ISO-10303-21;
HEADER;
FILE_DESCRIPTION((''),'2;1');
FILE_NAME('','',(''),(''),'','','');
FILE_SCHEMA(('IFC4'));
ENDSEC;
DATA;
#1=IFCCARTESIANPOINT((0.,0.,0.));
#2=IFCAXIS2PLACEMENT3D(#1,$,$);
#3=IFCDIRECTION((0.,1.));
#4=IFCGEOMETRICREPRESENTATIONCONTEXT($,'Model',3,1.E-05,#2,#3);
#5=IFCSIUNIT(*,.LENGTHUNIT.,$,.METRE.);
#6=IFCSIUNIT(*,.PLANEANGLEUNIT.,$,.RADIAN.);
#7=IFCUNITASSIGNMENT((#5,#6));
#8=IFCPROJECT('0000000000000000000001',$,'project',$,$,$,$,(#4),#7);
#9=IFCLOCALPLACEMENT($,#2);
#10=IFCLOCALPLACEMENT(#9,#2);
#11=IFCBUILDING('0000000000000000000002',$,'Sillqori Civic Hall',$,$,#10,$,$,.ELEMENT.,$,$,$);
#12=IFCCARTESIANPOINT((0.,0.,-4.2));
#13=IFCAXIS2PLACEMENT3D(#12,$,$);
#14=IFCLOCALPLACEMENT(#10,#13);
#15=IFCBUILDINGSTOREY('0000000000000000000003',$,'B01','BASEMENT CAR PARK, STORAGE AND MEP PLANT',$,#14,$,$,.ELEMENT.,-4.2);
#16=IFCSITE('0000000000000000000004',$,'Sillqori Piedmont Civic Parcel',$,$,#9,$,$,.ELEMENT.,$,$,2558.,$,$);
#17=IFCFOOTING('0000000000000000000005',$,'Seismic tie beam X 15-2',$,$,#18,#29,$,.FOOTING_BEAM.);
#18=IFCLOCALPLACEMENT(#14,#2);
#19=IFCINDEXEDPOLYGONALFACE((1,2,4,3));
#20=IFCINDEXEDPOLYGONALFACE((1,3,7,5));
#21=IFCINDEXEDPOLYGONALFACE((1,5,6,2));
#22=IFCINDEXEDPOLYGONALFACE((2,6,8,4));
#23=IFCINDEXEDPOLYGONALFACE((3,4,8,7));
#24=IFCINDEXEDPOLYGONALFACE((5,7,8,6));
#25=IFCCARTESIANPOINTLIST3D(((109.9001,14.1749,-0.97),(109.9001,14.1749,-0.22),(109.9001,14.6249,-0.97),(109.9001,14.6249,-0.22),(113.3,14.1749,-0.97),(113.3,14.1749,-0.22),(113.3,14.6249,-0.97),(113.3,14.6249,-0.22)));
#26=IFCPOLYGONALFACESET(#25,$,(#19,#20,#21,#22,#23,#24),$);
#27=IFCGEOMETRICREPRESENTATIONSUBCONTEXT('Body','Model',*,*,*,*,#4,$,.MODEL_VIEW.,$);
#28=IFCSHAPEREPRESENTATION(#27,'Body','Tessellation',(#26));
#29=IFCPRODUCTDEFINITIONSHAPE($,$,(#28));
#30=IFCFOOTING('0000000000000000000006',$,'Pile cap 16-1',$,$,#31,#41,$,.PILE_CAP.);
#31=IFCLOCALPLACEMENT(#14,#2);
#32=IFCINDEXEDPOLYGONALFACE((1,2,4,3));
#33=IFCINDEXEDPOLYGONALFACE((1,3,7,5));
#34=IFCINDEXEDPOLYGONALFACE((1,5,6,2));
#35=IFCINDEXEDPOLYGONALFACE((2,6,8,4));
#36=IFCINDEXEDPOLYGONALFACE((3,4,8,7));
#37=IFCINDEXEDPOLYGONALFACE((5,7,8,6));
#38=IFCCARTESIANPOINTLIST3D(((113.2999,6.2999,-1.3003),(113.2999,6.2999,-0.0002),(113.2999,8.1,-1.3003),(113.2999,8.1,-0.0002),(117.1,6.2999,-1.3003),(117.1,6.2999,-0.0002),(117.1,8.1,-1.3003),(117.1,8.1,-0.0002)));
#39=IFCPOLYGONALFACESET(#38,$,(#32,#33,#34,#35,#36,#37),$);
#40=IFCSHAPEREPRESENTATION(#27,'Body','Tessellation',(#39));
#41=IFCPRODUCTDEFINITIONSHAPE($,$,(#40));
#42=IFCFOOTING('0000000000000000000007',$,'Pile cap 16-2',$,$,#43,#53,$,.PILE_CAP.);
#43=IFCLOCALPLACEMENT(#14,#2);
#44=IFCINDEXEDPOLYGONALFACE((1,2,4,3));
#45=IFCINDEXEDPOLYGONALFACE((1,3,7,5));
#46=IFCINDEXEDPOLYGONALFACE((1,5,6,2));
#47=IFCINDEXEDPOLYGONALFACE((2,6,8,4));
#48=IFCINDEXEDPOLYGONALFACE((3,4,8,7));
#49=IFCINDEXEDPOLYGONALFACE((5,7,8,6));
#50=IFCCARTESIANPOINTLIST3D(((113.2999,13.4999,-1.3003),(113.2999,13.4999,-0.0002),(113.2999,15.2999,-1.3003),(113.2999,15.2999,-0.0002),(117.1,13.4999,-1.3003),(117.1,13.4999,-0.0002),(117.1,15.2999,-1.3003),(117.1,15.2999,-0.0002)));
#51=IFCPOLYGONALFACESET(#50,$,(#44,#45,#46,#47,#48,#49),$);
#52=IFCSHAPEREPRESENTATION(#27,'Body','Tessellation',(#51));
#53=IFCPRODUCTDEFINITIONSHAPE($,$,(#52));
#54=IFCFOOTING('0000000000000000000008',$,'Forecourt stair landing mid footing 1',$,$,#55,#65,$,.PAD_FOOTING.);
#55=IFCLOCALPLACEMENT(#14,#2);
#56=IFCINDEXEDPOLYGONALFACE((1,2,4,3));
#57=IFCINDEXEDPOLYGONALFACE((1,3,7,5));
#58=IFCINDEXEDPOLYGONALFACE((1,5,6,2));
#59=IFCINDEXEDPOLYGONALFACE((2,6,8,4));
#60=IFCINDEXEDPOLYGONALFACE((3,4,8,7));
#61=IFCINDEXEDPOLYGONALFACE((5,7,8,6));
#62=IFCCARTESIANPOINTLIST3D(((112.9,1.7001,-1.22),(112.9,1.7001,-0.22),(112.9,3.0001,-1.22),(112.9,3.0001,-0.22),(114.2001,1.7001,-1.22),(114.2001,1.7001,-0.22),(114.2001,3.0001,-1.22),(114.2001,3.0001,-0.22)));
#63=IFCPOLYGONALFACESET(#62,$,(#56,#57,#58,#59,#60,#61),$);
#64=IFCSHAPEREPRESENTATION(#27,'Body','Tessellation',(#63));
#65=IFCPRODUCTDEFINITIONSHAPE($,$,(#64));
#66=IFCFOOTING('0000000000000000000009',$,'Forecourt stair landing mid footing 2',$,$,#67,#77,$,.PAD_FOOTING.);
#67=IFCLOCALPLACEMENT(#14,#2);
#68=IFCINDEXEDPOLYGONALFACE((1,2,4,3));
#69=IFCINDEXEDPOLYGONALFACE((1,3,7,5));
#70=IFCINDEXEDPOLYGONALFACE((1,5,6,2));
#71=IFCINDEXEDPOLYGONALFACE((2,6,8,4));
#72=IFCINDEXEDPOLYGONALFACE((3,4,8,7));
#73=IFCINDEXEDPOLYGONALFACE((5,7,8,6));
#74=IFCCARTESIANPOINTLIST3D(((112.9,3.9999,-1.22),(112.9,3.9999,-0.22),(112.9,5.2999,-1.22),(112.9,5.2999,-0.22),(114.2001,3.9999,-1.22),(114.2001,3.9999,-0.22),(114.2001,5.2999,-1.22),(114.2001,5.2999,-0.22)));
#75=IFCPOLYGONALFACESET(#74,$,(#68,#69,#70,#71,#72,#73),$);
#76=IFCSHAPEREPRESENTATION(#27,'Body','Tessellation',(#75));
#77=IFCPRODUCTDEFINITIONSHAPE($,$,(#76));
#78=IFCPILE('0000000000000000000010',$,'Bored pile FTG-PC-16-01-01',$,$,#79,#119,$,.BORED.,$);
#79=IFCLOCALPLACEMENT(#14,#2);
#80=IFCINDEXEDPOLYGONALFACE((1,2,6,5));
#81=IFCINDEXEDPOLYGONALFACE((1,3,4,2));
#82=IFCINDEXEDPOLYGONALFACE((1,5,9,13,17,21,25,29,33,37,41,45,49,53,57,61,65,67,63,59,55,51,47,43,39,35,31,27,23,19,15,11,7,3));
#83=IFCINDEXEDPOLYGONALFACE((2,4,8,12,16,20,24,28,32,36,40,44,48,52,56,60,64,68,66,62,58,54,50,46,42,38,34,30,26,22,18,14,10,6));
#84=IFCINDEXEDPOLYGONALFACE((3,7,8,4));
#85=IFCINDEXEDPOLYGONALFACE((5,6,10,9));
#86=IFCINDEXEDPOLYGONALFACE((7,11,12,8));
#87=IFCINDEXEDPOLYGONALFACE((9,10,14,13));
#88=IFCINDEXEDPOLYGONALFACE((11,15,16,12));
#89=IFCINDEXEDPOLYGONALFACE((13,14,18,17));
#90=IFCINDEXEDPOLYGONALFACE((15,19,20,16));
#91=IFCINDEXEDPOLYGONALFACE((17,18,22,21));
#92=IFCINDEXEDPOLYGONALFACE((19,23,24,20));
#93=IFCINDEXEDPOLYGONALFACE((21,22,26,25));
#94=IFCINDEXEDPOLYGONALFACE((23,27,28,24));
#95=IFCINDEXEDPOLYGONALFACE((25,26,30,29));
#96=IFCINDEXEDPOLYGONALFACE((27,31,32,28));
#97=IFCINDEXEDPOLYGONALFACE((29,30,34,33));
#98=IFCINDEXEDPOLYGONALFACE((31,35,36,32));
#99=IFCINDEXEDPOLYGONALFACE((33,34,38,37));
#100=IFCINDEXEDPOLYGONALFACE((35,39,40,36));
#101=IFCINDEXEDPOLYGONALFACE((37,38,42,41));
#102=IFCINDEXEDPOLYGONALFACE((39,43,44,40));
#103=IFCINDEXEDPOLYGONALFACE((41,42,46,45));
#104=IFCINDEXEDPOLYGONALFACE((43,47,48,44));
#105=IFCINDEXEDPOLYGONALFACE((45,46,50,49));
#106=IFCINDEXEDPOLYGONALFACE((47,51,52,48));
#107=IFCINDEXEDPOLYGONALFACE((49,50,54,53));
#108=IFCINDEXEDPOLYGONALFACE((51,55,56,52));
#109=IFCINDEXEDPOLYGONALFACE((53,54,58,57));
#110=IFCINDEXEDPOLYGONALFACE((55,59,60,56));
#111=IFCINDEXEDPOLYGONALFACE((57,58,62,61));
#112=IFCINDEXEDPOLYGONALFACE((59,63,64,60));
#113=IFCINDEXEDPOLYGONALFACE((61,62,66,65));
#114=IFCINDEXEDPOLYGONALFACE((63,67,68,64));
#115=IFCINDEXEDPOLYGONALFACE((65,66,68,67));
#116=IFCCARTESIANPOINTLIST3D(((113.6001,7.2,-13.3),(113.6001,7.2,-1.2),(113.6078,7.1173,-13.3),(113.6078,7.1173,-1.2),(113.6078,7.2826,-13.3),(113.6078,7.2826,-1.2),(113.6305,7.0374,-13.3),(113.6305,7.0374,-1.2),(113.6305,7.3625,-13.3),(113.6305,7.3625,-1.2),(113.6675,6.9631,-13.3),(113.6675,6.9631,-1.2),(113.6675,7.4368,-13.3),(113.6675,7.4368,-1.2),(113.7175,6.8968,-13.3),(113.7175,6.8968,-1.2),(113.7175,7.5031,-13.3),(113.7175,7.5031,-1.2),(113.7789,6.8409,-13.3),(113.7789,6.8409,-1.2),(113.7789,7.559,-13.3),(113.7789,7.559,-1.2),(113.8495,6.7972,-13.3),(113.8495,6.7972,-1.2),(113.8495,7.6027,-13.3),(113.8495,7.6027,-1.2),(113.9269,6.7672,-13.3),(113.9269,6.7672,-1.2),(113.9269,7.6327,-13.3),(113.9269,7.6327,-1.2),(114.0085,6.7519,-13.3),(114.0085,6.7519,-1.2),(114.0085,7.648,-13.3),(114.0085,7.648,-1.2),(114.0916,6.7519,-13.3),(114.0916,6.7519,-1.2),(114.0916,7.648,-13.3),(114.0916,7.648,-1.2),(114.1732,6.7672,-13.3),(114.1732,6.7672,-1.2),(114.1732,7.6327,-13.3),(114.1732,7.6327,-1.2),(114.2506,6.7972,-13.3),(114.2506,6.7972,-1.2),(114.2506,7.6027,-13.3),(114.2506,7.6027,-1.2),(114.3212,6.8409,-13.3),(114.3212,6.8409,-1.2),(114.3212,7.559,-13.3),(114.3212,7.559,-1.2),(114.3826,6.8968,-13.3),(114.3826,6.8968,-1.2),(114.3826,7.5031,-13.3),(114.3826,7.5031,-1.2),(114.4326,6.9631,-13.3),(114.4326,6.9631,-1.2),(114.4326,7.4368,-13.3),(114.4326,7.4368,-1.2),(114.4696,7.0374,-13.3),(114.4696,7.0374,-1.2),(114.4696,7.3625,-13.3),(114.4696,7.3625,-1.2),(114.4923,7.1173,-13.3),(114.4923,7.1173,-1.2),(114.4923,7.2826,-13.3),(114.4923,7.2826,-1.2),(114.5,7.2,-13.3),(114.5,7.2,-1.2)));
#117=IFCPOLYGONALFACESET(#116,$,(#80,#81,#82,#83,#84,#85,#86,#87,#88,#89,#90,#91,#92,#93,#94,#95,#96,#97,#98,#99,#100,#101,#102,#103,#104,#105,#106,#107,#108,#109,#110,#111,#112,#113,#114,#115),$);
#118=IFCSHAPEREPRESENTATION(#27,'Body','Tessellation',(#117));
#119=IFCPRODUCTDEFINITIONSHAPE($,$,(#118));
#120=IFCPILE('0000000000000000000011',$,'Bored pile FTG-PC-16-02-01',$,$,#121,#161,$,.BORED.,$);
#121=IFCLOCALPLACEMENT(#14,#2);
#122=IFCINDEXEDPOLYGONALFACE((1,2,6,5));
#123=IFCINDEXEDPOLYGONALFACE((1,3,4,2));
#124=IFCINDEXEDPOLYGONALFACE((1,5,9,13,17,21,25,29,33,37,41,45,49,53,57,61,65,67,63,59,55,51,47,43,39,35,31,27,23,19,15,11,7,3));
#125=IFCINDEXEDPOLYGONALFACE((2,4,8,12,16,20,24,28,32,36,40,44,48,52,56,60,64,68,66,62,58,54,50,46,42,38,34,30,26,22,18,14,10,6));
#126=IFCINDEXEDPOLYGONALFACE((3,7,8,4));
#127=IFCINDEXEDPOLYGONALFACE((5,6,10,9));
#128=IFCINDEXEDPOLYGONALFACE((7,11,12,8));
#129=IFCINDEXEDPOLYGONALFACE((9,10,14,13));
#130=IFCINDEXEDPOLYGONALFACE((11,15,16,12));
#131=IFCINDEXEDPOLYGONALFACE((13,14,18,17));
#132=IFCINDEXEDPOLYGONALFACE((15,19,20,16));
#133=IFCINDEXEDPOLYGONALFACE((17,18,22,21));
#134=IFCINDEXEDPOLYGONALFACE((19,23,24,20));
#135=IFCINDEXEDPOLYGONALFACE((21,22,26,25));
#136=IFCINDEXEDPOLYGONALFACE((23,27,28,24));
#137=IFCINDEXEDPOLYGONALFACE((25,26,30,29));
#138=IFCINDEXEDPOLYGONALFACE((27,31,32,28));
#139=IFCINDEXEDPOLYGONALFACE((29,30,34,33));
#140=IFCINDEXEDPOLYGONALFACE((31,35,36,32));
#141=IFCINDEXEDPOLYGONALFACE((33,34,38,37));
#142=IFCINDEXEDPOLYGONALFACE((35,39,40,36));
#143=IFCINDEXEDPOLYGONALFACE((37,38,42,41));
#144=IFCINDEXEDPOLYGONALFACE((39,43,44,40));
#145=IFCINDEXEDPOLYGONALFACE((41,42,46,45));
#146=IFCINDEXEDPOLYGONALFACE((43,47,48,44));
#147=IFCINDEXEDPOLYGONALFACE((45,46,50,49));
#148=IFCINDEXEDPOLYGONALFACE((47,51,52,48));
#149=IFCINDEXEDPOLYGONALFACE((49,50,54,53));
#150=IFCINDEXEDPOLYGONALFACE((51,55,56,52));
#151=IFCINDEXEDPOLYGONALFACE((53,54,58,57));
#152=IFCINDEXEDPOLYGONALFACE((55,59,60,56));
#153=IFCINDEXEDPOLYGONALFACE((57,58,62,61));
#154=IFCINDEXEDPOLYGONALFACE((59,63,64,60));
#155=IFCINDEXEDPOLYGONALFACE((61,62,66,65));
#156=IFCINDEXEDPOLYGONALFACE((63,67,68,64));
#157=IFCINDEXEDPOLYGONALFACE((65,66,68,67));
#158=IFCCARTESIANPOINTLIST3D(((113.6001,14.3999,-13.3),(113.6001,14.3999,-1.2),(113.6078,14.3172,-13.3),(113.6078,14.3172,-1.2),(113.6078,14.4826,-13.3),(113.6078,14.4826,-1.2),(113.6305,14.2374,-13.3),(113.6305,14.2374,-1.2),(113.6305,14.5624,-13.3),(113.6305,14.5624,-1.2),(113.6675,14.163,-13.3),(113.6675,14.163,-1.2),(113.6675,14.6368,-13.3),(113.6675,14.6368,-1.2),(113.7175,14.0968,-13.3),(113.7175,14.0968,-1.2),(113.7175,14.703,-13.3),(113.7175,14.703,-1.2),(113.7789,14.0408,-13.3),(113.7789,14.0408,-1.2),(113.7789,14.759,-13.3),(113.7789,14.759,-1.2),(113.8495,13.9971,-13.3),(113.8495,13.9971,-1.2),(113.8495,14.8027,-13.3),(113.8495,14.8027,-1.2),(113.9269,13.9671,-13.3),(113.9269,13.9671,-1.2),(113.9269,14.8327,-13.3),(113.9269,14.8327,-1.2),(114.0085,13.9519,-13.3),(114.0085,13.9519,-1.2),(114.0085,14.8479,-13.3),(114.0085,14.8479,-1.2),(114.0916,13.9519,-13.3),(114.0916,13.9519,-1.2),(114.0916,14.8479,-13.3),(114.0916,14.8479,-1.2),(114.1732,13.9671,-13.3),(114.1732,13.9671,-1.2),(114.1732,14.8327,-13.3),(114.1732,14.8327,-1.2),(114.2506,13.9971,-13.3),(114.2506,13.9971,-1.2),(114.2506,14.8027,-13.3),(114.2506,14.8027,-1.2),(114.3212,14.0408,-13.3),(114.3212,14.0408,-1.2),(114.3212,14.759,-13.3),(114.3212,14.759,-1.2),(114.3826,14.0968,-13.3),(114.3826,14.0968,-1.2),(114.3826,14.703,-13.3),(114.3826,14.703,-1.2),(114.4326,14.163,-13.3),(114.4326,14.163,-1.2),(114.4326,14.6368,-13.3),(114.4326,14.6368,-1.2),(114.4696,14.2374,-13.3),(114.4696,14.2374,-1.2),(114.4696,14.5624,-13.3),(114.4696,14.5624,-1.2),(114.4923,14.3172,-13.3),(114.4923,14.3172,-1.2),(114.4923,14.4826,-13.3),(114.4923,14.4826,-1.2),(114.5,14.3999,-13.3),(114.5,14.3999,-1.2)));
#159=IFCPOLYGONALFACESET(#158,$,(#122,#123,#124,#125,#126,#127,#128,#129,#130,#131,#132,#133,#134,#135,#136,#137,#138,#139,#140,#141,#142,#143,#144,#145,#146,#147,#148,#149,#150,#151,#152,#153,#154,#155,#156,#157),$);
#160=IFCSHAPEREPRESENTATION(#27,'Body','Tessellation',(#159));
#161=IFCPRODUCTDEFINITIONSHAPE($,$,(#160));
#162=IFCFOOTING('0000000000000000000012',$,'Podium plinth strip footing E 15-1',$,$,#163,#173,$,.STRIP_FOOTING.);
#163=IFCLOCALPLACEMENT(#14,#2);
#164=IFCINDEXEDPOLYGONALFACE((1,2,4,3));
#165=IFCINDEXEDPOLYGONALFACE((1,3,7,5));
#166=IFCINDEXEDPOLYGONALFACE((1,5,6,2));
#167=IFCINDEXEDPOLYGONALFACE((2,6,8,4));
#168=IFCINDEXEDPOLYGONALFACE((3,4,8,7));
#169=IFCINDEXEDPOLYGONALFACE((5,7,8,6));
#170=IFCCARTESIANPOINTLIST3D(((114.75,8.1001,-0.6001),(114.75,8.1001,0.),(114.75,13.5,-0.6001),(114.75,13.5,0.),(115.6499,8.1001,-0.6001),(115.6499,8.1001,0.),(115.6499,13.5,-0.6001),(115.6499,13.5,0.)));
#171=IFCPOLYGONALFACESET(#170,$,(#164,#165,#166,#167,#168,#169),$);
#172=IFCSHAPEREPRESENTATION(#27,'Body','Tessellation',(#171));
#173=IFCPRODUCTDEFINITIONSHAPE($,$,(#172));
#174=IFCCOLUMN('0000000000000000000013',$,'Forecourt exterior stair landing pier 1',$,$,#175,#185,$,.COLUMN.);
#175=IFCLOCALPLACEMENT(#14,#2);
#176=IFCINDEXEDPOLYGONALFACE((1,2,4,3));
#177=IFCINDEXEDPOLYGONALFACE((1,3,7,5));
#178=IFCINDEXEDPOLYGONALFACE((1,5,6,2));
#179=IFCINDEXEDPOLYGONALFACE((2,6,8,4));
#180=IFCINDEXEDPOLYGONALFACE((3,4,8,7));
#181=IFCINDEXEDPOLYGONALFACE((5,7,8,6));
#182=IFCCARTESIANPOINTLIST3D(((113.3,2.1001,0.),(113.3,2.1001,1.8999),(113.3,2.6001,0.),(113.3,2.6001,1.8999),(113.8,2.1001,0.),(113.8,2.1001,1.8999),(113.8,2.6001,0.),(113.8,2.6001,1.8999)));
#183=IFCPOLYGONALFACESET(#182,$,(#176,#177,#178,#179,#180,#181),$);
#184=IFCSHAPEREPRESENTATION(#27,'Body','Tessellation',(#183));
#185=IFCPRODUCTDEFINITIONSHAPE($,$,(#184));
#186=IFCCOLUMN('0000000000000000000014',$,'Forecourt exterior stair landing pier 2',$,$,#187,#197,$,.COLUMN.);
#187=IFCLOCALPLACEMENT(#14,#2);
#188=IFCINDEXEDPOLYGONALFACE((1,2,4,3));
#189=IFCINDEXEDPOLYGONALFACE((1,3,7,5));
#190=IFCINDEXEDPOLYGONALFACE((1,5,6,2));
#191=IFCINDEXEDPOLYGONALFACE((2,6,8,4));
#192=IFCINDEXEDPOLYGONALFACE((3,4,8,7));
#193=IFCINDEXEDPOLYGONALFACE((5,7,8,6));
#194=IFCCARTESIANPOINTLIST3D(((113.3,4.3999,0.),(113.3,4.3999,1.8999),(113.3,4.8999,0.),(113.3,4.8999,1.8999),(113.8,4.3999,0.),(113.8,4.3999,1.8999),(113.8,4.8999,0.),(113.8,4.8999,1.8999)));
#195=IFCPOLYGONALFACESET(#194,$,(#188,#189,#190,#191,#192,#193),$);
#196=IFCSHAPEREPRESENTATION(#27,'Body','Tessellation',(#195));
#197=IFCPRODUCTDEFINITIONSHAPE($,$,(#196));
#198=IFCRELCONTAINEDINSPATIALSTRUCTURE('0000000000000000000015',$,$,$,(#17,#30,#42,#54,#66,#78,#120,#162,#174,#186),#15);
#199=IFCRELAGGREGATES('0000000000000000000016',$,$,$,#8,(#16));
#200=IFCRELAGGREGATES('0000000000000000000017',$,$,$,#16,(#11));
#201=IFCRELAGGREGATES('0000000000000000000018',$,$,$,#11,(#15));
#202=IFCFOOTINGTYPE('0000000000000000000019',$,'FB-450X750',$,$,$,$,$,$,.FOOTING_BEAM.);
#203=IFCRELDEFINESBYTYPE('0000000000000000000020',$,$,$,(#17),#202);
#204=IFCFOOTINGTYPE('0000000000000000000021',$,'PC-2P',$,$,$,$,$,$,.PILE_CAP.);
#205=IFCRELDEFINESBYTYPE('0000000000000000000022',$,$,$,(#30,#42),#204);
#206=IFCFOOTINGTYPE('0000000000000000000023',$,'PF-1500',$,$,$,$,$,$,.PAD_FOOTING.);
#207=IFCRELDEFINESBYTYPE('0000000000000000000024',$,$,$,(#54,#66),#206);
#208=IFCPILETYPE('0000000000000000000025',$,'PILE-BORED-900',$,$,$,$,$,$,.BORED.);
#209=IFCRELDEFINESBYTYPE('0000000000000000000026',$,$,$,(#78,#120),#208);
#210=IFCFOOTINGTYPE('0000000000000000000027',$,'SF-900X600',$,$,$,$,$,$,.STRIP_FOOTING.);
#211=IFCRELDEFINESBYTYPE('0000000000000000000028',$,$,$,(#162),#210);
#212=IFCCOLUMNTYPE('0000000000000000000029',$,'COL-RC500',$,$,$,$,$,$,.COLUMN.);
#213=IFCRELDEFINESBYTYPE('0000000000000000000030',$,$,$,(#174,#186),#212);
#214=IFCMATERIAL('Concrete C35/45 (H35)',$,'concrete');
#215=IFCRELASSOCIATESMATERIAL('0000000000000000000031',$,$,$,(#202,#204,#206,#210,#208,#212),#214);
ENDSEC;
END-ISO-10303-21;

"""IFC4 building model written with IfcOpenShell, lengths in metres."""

from ifc_helpers import new_model, si_unit, direction, frame, origin, origin_2d, place, context, subcontext, project, spatial, rectangle, circle, extrude, material, material_profile, profile_set, type_object, element, save


model = new_model("IFC4")

# Units and contexts
model_context = context("Model", 3, precision=1e-05, world=origin(), true_north=direction((0.0, 1.0)))
body_context = subcontext(model_context, "Body", "Model", "MODEL_VIEW")
ifc_project = project(units=[si_unit("LENGTHUNIT", "METRE"), si_unit("PLANEANGLEUNIT", "RADIAN")], contexts=[model_context])

# Site, building, storey
site_placement = place(None, origin())
site = spatial("IfcSite", under=ifc_project, at=site_placement, Name="Sillqori Piedmont Civic Parcel", CompositionType="ELEMENT", RefElevation=2558.0)
building_placement = place(site_placement, origin())
building = spatial("IfcBuilding", under=site, at=building_placement, Name="Sillqori Civic Hall", CompositionType="ELEMENT")
storey_placement = place(building_placement, frame((0.0, 0.0, -4.2)))
storey = spatial("IfcBuildingStorey", under=building, at=storey_placement, Name="B01", Description="BASEMENT CAR PARK, STORAGE AND MEP PLANT", CompositionType="ELEMENT", Elevation=-4.2)

# Footings
ifc_material_1 = material(Name="Concrete C35/45 (H35)", Category="concrete")
footing_type_1 = type_object("IfcFootingType", Name="FB-450X750", PredefinedType="FOOTING_BEAM", material=ifc_material_1)
footing_1_placement = place(storey_placement, frame((111.6001, 14.3999, -0.97), z_axis=(0.0, 0.0, 1.0), x_axis=(1.0, 0.0, 0.0)))
element("IfcFooting", 1, at=footing_1_placement, inside=storey, type_object=footing_type_1, Name="Seismic tie beam X 15-2", PredefinedType="FOOTING_BEAM", context=body_context, shape_type="SweptSolid", body=[
    extrude(rectangle(XDim=3.3999, YDim=0.45, at=origin_2d()), origin(), (0.0, 0.0, 1.0), 0.75),
])
footing_type_2 = type_object("IfcFootingType", Name="PC-2P", PredefinedType="PILE_CAP", material=ifc_material_1)
for number, where, z_axis, x_axis, name in (
    (2, (115.2, 7.2, -1.3003), (0.0, 0.0, 1.0), (1.0, 0.0, 0.0), "Pile cap 16-1"),
    (3, (115.2, 14.3999, -1.3003), (0.0, 0.0, 1.0), (1.0, 0.0, 0.0), "Pile cap 16-2"),
):
    element("IfcFooting", number, at=place(storey_placement, frame(where, z_axis=z_axis, x_axis=x_axis)), inside=storey, type_object=footing_type_2, Name=name, PredefinedType="PILE_CAP", context=body_context, shape_type="SweptSolid", body=[
        extrude(rectangle(XDim=3.8, YDim=1.8, at=origin_2d()), origin(), (0.0, 0.0, 1.0), 1.3),
    ])
footing_type_3 = type_object("IfcFootingType", Name="PF-1500", PredefinedType="PAD_FOOTING", material=ifc_material_1)
for number, where, z_axis, x_axis, name in (
    (4, (113.55, 2.3501, -1.22), (0.0, 0.0, 1.0), (1.0, 0.0, 0.0), "Forecourt stair landing mid footing 1"),
    (5, (113.55, 4.6499, -1.22), (0.0, 0.0, 1.0), (1.0, 0.0, 0.0), "Forecourt stair landing mid footing 2"),
):
    element("IfcFooting", number, at=place(storey_placement, frame(where, z_axis=z_axis, x_axis=x_axis)), inside=storey, type_object=footing_type_3, Name=name, PredefinedType="PAD_FOOTING", context=body_context, shape_type="SweptSolid", body=[
        extrude(rectangle(XDim=1.3, YDim=1.3, at=origin_2d()), origin(), (0.0, 0.0, 1.0), 1.0),
    ])

# Piles
ifc_material_profile_1 = material_profile(ifc_material_1, circle(Radius=0.45, at=origin_2d()), Name="BORED PILE 900")
ifc_profile_set_1 = profile_set([ifc_material_profile_1], Name="Concrete C35/45 (H35)")
pile_type = type_object("IfcPileType", Name="PILE-BORED-900", PredefinedType="BORED", material=ifc_profile_set_1)
for number, where, z_axis, x_axis, name in (
    (6, (114.05, 7.2, -1.2), (0.0, 0.0, -1.0), (1.0, 0.0, 0.0), "Bored pile FTG-PC-16-01-01"),
    (7, (114.05, 14.3999, -1.2), (0.0, 0.0, -1.0), (1.0, 0.0, 0.0), "Bored pile FTG-PC-16-02-01"),
):
    element("IfcPile", number, at=place(storey_placement, frame(where, z_axis=z_axis, x_axis=x_axis)), inside=storey, type_object=pile_type, Name=name, PredefinedType="BORED", context=body_context, shape_type="SweptSolid", body=[
        extrude(circle(Radius=0.45, at=origin_2d()), origin(), (0.0, 0.0, 1.0), 12.1001),
    ])

# Footing
footing_type_4 = type_object("IfcFootingType", Name="SF-900X600", PredefinedType="STRIP_FOOTING", material=ifc_material_1)
footing_2_placement = place(storey_placement, frame((115.2, 10.8, -0.6001), z_axis=(0.0, 0.0, 1.0), x_axis=(1.0, 0.0, 0.0)))
element("IfcFooting", 8, at=footing_2_placement, inside=storey, type_object=footing_type_4, Name="Podium plinth strip footing E 15-1", PredefinedType="STRIP_FOOTING", context=body_context, shape_type="SweptSolid", body=[
    extrude(rectangle(XDim=0.8999, YDim=5.3999, at=origin_2d()), origin(), (0.0, 0.0, 1.0), 0.6001),
])

# Columns
ifc_material_profile_2 = material_profile(ifc_material_1, rectangle(XDim=0.5, YDim=0.5, at=origin_2d()), Name="RC 500x500")
ifc_profile_set_2 = profile_set([ifc_material_profile_2], Name="Concrete C35/45 (H35)")
column_type_1 = type_object("IfcColumnType", Name="COL-RC500", PredefinedType="COLUMN", material=ifc_profile_set_2)
for number, where, z_axis, x_axis, name in (
    (9, (113.55, 2.3501, 0.0), (0.0, 0.0, 1.0), (1.0, 0.0, 0.0), "Forecourt exterior stair landing pier 1"),
    (10, (113.55, 4.6499, 0.0), (0.0, 0.0, 1.0), (1.0, 0.0, 0.0), "Forecourt exterior stair landing pier 2"),
):
    element("IfcColumn", number, at=place(storey_placement, frame(where, z_axis=z_axis, x_axis=x_axis)), inside=storey, type_object=column_type_1, Name=name, PredefinedType="COLUMN", context=body_context, shape_type="SweptSolid", body=[
        extrude(rectangle(XDim=0.5, YDim=0.5, at=origin_2d()), origin(), (0.0, 0.0, 1.0), 1.8999),
    ])

save(model, "model.ifc")
